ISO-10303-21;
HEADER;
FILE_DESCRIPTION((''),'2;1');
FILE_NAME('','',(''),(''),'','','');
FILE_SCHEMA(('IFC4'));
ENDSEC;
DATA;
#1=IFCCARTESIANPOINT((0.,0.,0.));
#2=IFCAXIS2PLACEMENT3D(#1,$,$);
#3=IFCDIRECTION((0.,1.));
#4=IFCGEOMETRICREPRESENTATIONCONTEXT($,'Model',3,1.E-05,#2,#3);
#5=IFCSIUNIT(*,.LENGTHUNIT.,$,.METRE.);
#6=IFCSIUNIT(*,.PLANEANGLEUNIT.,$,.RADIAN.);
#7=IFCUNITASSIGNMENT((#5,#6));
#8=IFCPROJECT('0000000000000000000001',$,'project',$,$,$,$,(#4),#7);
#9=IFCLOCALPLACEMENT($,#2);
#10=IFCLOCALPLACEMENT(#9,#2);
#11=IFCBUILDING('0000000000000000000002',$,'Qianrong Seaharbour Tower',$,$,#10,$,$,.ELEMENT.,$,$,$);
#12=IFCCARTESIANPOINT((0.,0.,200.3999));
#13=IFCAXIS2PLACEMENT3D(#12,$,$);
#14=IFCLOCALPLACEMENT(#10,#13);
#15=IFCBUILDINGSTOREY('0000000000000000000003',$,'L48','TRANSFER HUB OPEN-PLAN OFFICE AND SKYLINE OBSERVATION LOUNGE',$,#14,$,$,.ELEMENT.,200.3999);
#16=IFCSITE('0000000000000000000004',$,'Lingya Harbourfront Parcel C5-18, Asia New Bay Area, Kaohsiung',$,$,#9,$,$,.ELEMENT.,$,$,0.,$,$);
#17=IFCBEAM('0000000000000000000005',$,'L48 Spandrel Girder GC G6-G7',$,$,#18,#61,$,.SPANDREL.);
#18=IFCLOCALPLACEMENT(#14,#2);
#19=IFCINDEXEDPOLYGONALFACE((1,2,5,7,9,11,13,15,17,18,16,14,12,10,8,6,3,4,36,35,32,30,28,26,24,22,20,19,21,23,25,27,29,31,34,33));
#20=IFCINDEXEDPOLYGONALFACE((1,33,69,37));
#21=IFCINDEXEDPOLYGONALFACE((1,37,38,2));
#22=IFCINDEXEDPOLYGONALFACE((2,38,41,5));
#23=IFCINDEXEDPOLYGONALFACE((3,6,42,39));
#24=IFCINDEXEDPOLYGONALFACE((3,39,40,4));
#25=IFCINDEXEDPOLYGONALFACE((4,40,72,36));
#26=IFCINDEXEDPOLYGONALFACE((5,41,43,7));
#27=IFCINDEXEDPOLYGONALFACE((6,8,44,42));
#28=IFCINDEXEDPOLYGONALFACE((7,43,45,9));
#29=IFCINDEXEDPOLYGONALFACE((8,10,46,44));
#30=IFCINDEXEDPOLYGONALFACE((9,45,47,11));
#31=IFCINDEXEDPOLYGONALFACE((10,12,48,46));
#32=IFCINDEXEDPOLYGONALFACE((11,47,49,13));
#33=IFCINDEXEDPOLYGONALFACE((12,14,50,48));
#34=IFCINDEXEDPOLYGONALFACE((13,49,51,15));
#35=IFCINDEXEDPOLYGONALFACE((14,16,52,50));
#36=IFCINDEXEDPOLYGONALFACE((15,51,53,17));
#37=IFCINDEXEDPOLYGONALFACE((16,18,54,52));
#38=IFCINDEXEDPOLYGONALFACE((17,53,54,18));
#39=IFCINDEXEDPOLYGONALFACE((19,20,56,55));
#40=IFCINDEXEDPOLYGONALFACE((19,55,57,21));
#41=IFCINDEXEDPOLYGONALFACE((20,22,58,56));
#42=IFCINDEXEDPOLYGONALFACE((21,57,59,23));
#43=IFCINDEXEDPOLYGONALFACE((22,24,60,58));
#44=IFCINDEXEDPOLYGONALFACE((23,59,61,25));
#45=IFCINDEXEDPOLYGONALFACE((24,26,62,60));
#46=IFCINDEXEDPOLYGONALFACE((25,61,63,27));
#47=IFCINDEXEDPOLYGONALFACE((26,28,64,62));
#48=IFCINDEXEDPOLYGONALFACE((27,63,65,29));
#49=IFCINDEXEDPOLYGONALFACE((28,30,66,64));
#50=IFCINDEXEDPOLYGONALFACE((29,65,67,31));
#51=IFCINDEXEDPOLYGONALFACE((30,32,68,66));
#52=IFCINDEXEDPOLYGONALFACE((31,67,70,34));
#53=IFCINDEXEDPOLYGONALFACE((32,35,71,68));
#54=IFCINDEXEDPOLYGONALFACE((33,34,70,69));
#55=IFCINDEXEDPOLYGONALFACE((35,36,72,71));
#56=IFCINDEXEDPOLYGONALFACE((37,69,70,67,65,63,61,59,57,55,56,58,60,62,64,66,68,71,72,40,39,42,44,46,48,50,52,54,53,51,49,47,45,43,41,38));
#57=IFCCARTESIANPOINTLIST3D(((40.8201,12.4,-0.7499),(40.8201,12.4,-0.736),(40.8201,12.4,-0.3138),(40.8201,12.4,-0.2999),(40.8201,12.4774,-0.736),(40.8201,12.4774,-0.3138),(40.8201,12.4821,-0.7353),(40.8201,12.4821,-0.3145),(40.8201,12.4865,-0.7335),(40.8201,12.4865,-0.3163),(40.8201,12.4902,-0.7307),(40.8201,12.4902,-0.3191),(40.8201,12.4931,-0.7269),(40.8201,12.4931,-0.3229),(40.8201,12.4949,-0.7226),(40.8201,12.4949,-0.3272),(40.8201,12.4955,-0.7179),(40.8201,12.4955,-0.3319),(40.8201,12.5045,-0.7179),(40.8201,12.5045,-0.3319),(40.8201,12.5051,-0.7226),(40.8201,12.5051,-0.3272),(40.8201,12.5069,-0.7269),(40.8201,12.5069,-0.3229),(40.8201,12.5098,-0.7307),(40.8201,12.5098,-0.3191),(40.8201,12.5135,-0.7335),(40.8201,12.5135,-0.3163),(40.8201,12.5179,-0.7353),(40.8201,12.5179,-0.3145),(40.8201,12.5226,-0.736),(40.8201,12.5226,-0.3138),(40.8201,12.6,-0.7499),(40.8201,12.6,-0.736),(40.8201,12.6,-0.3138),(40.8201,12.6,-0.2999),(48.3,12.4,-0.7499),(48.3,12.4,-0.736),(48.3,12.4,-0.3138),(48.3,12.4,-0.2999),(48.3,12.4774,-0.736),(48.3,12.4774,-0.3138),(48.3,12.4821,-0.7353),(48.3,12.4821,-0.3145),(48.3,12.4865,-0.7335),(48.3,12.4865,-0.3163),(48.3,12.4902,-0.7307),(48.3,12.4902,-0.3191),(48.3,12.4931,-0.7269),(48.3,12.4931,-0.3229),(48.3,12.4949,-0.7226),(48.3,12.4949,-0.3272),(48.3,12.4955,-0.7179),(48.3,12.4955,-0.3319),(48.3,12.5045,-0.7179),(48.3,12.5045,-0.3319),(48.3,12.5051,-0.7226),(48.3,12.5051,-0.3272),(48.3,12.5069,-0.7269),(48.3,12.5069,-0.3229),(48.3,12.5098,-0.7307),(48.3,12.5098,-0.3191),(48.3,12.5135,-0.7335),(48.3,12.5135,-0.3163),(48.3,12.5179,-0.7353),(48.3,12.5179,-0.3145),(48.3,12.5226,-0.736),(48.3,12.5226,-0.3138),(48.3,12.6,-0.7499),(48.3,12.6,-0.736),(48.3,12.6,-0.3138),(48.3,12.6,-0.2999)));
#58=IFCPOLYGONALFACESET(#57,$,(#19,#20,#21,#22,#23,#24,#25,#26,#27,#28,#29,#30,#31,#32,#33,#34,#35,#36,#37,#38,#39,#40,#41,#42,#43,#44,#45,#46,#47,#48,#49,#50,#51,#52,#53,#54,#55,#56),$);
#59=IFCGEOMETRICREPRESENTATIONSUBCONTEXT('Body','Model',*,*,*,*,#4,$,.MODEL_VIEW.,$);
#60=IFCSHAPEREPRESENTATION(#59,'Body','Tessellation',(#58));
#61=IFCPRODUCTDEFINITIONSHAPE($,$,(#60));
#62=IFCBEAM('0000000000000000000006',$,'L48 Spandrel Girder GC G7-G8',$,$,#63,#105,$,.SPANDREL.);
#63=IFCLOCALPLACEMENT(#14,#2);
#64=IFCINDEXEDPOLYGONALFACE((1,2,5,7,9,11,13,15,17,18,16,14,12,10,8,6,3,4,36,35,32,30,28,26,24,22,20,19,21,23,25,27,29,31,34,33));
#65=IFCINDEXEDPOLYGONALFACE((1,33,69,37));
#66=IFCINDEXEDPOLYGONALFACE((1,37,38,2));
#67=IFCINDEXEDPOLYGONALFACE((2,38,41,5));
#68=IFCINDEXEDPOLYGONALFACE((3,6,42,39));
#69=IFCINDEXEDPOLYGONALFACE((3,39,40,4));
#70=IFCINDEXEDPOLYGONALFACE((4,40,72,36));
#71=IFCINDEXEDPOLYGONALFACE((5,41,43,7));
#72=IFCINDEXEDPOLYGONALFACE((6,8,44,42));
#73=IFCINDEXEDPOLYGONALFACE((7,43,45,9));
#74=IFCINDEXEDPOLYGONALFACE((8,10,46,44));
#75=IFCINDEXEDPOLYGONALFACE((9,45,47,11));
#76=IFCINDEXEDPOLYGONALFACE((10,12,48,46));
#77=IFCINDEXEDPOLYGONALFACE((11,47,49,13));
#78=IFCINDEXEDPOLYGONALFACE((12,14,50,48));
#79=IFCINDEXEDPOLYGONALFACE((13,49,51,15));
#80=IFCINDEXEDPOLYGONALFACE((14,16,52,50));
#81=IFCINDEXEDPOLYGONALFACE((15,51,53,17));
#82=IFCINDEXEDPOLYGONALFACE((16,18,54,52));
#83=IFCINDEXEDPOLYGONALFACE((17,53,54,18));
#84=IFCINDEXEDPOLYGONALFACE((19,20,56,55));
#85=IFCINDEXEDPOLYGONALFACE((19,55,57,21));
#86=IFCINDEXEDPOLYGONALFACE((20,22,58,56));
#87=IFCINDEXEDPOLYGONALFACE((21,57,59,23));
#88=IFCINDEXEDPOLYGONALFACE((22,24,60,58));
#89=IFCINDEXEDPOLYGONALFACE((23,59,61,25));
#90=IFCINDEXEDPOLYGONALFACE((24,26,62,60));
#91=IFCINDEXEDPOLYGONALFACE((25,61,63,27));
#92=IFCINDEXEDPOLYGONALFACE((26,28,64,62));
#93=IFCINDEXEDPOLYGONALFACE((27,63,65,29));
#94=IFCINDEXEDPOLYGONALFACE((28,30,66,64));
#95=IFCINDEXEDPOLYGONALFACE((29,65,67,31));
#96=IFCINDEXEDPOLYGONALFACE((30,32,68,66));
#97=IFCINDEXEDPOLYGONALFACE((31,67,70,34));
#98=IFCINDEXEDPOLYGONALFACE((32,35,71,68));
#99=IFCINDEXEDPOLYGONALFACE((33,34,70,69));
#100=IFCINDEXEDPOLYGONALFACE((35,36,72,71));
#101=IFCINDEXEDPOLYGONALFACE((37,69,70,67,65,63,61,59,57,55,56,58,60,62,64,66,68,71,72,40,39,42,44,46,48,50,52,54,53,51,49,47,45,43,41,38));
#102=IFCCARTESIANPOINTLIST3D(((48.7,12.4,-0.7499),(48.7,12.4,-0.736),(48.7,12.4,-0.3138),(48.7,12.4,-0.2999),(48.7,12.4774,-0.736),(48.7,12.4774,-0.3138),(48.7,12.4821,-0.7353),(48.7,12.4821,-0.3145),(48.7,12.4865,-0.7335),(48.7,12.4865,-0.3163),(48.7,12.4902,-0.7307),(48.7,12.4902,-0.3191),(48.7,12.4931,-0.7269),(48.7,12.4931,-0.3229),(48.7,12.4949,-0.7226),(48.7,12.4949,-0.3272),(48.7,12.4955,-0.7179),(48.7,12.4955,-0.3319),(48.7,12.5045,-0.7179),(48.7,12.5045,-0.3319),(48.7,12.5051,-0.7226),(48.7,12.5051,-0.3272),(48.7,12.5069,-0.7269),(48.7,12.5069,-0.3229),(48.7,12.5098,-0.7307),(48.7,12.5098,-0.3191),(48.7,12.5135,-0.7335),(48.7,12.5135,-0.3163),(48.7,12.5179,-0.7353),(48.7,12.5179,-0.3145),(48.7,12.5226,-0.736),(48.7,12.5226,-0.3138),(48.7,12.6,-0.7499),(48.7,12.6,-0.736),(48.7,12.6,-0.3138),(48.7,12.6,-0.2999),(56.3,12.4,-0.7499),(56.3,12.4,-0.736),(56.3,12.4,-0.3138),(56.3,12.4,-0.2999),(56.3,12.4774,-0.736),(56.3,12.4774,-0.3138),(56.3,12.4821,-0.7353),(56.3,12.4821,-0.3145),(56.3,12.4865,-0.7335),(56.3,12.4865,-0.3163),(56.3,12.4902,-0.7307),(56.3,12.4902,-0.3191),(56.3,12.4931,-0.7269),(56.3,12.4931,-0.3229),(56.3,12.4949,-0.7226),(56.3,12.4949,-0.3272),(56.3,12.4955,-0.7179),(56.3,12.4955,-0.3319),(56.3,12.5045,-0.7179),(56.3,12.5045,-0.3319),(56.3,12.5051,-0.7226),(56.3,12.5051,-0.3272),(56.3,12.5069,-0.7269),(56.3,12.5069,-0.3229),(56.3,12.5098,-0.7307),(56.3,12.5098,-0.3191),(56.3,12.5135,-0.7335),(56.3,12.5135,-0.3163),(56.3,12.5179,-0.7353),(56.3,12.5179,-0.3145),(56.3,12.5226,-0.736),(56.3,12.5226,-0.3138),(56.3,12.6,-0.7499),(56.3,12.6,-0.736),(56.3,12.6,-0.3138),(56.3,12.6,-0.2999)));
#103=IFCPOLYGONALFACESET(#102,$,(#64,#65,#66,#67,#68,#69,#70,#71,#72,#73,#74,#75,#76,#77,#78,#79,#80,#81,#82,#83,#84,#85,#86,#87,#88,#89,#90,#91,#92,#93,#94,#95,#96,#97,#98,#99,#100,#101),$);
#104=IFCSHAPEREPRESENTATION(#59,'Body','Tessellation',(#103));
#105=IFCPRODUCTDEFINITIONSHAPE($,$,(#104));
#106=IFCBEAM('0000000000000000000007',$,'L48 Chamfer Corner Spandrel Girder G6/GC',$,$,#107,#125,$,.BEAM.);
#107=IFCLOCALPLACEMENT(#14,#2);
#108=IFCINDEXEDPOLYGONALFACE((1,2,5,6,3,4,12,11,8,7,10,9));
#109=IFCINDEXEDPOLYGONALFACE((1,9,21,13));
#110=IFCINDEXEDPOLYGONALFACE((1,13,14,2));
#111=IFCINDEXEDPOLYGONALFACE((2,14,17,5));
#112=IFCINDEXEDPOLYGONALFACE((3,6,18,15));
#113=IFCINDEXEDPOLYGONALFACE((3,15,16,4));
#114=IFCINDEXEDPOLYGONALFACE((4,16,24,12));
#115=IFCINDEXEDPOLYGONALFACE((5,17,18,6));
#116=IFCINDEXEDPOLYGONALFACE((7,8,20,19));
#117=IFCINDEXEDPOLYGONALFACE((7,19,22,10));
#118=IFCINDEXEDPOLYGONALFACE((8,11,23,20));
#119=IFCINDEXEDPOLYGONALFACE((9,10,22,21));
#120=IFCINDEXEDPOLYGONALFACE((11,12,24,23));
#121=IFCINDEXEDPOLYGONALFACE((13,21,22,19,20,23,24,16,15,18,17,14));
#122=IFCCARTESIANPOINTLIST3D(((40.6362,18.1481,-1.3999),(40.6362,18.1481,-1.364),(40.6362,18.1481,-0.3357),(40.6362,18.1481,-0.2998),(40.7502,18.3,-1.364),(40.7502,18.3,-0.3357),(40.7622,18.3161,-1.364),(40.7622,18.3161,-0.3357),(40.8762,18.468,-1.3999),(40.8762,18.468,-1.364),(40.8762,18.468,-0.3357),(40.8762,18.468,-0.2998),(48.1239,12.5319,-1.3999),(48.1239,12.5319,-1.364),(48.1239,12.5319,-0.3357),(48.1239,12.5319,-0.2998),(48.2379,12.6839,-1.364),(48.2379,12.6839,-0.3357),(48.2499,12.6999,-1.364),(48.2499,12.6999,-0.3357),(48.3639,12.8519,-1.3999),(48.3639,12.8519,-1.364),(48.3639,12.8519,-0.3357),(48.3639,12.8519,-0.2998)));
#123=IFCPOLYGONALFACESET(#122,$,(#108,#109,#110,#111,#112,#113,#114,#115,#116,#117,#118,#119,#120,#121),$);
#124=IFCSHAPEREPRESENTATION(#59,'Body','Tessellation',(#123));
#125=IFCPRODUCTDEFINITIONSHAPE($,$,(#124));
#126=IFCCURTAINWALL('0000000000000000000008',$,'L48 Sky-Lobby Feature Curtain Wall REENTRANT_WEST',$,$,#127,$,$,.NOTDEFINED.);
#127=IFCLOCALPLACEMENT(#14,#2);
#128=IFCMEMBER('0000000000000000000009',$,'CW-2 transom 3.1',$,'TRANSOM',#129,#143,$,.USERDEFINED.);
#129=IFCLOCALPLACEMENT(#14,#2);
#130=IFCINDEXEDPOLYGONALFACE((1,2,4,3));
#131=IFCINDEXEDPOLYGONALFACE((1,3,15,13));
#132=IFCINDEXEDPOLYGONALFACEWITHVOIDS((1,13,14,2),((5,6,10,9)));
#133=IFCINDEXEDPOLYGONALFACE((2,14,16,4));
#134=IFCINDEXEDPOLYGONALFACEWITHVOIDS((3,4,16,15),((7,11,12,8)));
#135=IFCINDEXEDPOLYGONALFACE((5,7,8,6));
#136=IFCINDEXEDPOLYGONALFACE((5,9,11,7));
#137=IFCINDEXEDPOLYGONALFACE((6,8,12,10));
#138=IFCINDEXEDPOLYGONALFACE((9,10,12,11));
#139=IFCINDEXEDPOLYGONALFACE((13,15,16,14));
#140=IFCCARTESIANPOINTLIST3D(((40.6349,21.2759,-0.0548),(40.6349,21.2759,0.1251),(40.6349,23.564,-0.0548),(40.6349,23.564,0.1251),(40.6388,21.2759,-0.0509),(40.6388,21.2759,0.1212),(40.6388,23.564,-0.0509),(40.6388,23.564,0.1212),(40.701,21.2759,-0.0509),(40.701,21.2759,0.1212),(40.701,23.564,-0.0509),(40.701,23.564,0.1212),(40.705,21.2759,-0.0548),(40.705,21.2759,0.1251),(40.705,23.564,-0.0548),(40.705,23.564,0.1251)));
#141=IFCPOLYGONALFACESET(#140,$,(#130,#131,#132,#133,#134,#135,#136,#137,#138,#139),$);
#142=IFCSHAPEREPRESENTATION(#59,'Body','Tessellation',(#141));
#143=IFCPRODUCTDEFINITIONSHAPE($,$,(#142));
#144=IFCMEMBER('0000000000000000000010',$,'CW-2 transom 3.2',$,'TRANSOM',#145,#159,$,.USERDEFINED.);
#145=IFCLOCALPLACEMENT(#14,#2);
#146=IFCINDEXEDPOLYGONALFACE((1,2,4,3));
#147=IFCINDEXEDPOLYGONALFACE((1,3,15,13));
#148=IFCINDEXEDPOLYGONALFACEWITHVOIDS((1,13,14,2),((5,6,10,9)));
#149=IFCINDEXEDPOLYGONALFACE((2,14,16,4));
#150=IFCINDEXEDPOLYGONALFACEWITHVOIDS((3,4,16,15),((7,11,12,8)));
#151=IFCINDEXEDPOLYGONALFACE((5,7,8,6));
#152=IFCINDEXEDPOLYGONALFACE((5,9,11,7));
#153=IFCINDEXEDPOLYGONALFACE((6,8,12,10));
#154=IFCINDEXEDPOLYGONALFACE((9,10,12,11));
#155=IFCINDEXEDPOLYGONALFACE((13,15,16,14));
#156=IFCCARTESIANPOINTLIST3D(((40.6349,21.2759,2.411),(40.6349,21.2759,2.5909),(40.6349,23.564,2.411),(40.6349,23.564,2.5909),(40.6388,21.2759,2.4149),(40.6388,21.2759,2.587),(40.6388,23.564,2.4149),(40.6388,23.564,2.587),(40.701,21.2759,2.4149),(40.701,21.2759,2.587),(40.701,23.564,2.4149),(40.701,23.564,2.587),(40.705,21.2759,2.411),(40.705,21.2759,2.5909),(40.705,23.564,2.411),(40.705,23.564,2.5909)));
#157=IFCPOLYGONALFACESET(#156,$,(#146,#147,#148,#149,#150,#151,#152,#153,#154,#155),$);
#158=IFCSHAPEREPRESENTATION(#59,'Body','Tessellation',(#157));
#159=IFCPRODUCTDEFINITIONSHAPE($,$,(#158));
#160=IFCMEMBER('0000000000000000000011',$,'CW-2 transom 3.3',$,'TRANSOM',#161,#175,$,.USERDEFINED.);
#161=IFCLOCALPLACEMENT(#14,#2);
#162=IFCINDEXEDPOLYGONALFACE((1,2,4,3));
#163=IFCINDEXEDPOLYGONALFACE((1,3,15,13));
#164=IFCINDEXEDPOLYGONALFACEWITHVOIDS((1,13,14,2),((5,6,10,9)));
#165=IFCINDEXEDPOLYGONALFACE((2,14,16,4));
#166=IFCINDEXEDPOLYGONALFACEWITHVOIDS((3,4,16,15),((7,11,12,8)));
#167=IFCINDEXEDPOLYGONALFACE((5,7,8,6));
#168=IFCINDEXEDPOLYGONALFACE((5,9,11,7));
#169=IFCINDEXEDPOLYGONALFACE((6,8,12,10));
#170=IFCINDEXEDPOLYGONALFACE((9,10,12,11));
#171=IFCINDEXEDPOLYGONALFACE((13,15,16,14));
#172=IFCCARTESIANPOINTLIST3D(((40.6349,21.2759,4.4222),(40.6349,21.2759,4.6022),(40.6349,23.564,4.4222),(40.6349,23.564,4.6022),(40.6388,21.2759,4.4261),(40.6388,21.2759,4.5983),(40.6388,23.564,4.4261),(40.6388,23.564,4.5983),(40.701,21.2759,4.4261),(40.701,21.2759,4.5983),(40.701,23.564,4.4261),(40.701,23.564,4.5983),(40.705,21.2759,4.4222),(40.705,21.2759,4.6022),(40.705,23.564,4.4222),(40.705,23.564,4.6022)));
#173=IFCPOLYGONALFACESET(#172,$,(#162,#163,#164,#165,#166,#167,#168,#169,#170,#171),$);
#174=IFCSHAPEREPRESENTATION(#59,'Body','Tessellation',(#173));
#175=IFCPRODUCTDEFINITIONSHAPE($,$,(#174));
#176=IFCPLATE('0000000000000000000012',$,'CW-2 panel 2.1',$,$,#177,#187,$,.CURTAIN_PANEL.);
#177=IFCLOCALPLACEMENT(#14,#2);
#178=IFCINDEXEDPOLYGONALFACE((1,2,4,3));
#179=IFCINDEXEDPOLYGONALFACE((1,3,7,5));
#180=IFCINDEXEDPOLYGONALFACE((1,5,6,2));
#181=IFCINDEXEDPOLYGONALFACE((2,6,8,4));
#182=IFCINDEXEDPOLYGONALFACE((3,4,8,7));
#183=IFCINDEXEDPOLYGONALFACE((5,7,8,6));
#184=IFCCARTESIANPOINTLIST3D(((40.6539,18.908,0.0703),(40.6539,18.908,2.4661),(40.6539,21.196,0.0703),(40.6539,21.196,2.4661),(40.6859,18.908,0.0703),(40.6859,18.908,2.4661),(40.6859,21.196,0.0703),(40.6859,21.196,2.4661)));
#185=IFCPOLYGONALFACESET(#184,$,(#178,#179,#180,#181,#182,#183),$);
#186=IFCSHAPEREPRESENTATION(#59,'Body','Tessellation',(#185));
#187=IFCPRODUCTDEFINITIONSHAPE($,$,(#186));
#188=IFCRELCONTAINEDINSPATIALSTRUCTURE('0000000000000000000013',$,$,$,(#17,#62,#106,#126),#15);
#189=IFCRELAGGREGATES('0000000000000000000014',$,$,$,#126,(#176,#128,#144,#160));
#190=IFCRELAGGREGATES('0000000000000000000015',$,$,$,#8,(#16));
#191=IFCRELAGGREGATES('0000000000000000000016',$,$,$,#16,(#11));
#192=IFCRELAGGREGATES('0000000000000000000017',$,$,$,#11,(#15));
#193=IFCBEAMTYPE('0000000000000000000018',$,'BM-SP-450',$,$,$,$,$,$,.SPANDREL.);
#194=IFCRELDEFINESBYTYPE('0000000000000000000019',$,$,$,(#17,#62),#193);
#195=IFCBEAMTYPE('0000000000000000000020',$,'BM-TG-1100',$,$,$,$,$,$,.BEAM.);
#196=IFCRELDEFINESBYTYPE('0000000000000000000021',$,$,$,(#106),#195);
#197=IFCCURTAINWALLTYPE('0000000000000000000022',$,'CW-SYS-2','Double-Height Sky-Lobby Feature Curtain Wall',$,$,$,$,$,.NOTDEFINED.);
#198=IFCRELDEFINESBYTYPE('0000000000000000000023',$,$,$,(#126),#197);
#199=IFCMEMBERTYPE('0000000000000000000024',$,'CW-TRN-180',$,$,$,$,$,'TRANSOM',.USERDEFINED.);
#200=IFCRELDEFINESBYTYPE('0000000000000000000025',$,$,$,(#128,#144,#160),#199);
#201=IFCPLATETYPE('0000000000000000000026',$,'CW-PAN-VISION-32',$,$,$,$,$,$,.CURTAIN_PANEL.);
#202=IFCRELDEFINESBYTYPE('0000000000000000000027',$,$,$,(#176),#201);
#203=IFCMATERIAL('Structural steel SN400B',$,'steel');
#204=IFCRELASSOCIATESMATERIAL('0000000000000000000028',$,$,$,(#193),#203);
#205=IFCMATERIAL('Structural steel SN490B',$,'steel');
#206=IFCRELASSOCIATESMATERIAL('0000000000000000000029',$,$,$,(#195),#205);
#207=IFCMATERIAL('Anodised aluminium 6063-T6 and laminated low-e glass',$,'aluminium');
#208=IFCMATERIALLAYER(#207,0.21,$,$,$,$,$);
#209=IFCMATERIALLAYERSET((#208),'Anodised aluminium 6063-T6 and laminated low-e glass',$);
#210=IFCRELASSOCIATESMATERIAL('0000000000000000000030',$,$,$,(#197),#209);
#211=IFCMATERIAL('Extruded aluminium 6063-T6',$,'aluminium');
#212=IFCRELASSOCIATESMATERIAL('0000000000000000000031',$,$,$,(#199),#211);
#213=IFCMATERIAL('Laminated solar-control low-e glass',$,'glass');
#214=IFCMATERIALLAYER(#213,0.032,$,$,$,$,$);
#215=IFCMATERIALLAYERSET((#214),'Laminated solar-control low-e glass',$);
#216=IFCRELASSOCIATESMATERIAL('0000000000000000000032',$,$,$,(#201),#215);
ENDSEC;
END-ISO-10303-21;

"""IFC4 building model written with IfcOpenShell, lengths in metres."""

from ifc_helpers import new_model, si_unit, direction, frame, origin, origin_2d, place, context, subcontext, project, spatial, rectangle, hollow_rectangle, i_section, extrude, material, layer, layer_set, material_profile, profile_set, type_object, element, aggregate, save


model = new_model("IFC4")

# Units and contexts
model_context = context("Model", 3, precision=1e-05, world=origin(), true_north=direction((0.0, 1.0)))
body_context = subcontext(model_context, "Body", "Model", "MODEL_VIEW")
ifc_project = project(units=[si_unit("LENGTHUNIT", "METRE"), si_unit("PLANEANGLEUNIT", "RADIAN")], contexts=[model_context])

# Site, building, storey
site_placement = place(None, origin())
site = spatial("IfcSite", under=ifc_project, at=site_placement, Name="Lingya Harbourfront Parcel C5-18, Asia New Bay Area, Kaohsiung", CompositionType="ELEMENT", RefElevation=0.0)
building_placement = place(site_placement, origin())
building = spatial("IfcBuilding", under=site, at=building_placement, Name="Qianrong Seaharbour Tower", CompositionType="ELEMENT")
storey_placement = place(building_placement, frame((0.0, 0.0, 200.3999)))
storey = spatial("IfcBuildingStorey", under=building, at=storey_placement, Name="L48", Description="TRANSFER HUB OPEN-PLAN OFFICE AND SKYLINE OBSERVATION LOUNGE", CompositionType="ELEMENT", Elevation=200.3999)

# Shared definitions
ifc_material_1 = material(Name="Structural steel SN490B", Category="steel")

# Beams
ifc_material_2 = material(Name="Structural steel SN400B", Category="steel")
ifc_material_profile_1 = material_profile(ifc_material_2, i_section(OverallWidth=0.2, OverallDepth=0.45, WebThickness=0.009, FlangeThickness=0.0139, FilletRadius=0.0181, at=origin_2d()), Name="H450x200x9x14")
ifc_profile_set_1 = profile_set([ifc_material_profile_1], Name="Structural steel SN400B")
beam_type_1 = type_object("IfcBeamType", Name="BM-SP-450", PredefinedType="SPANDREL", material=ifc_profile_set_1)
beam_1_placement = place(storey_placement, frame((40.8201, 12.5, -0.5249), z_axis=(1.0, 0.0, 0.0), x_axis=(0.0, 1.0, 0.0)))
element("IfcBeam", 1, at=beam_1_placement, inside=storey, type_object=beam_type_1, Name="L48 Spandrel Girder GC G6-G7", PredefinedType="SPANDREL", context=body_context, shape_type="SweptSolid", body=[
    extrude(i_section(OverallWidth=0.2, OverallDepth=0.45, WebThickness=0.009, FlangeThickness=0.0139, FilletRadius=0.0181, at=origin_2d()), origin(), (0.0, 0.0, 1.0), 7.48),
])
beam_2_placement = place(storey_placement, frame((48.7, 12.5, -0.5249), z_axis=(1.0, 0.0, 0.0), x_axis=(0.0, 1.0, 0.0)))
element("IfcBeam", 2, at=beam_2_placement, inside=storey, type_object=beam_type_1, Name="L48 Spandrel Girder GC G7-G8", PredefinedType="SPANDREL", context=body_context, shape_type="SweptSolid", body=[
    extrude(i_section(OverallWidth=0.2, OverallDepth=0.45, WebThickness=0.009, FlangeThickness=0.0139, FilletRadius=0.0181, at=origin_2d()), origin(), (0.0, 0.0, 1.0), 7.6001),
])
ifc_material_profile_2 = material_profile(ifc_material_1, i_section(OverallWidth=0.3999, OverallDepth=1.1001, WebThickness=0.02, FlangeThickness=0.0359, at=origin_2d()), Name="BH1100x400x20x36")
ifc_profile_set_2 = profile_set([ifc_material_profile_2], Name="Structural steel SN490B")
beam_type_2 = type_object("IfcBeamType", Name="BM-TG-1100", PredefinedType="BEAM", material=ifc_profile_set_2)
beam_3_placement = place(storey_placement, frame((48.2439, 12.6919, -0.8499), z_axis=(-0.799981, 0.600025, 0.0), x_axis=(-0.600025, -0.799981, 0.0)))
element("IfcBeam", 3, at=beam_3_placement, inside=storey, type_object=beam_type_2, Name="L48 Chamfer Corner Spandrel Girder G6/GC", PredefinedType="BEAM", context=body_context, shape_type="SweptSolid", body=[
    extrude(i_section(OverallWidth=0.3999, OverallDepth=1.1001, WebThickness=0.02, FlangeThickness=0.0359, at=origin_2d()), origin(), (0.0, 0.0, 1.0), 9.3599),
])

# Curtain wall, members, plate
ifc_material_3 = material(Name="Anodised aluminium 6063-T6 and laminated low-e glass", Category="aluminium")
ifc_layer_1 = layer(ifc_material_3, 0.21)
ifc_layer_set_1 = layer_set([ifc_layer_1], Name="Anodised aluminium 6063-T6 and laminated low-e glass")
curtain_wall_type = type_object("IfcCurtainWallType", Name="CW-SYS-2", Description="Double-Height Sky-Lobby Feature Curtain Wall", PredefinedType="NOTDEFINED", material=ifc_layer_set_1)
curtain_wall_placement = place(storey_placement, origin())
curtain_wall = element("IfcCurtainWall", 4, at=curtain_wall_placement, inside=storey, type_object=curtain_wall_type, Name="L48 Sky-Lobby Feature Curtain Wall REENTRANT_WEST", PredefinedType="NOTDEFINED")
ifc_material_4 = material(Name="Extruded aluminium 6063-T6", Category="aluminium")
ifc_material_profile_3 = material_profile(ifc_material_4, hollow_rectangle(XDim=0.0701, YDim=0.1799, WallThickness=0.0039, at=origin_2d()), Name="ALU-TRN-180x70x4")
ifc_profile_set_3 = profile_set([ifc_material_profile_3], Name="Extruded aluminium 6063-T6")
member_type = type_object("IfcMemberType", Name="CW-TRN-180", ElementType="TRANSOM", PredefinedType="USERDEFINED", material=ifc_profile_set_3)
member_1_placement = place(storey_placement, frame((40.6699, 21.2759, 0.0352), z_axis=(0.0, 1.0, 0.0), x_axis=(-1.0, 0.0, 0.0)))
member_1 = element("IfcMember", 5, at=member_1_placement, type_object=member_type, Name="CW-2 transom 3.1", ObjectType="TRANSOM", PredefinedType="USERDEFINED", context=body_context, shape_type="SweptSolid", body=[
    extrude(hollow_rectangle(XDim=0.0701, YDim=0.1799, WallThickness=0.0039, at=origin_2d()), origin(), (0.0, 0.0, 1.0), 2.2881),
])
member_2_placement = place(storey_placement, frame((40.6699, 21.2759, 2.501), z_axis=(0.0, 1.0, 0.0), x_axis=(-1.0, 0.0, 0.0)))
member_2 = element("IfcMember", 6, at=member_2_placement, type_object=member_type, Name="CW-2 transom 3.2", ObjectType="TRANSOM", PredefinedType="USERDEFINED", context=body_context, shape_type="SweptSolid", body=[
    extrude(hollow_rectangle(XDim=0.0701, YDim=0.1799, WallThickness=0.0039, at=origin_2d()), origin(), (0.0, 0.0, 1.0), 2.2881),
])
member_3_placement = place(storey_placement, frame((40.6699, 21.2759, 4.5122), z_axis=(0.0, 1.0, 0.0), x_axis=(-1.0, 0.0, 0.0)))
member_3 = element("IfcMember", 7, at=member_3_placement, type_object=member_type, Name="CW-2 transom 3.3", ObjectType="TRANSOM", PredefinedType="USERDEFINED", context=body_context, shape_type="SweptSolid", body=[
    extrude(hollow_rectangle(XDim=0.0701, YDim=0.1799, WallThickness=0.0039, at=origin_2d()), origin(), (0.0, 0.0, 1.0), 2.2881),
])
ifc_material_5 = material(Name="Laminated solar-control low-e glass", Category="glass")
ifc_layer_2 = layer(ifc_material_5, 0.032)
ifc_layer_set_2 = layer_set([ifc_layer_2], Name="Laminated solar-control low-e glass")
plate_type = type_object("IfcPlateType", Name="CW-PAN-VISION-32", PredefinedType="CURTAIN_PANEL", material=ifc_layer_set_2)
plate_1_placement = place(storey_placement, frame((40.6699, 20.052, 0.0703), z_axis=(0.0, 0.0, 1.0), x_axis=(0.0, 1.0, 0.0)))
plate_1 = element("IfcPlate", 8, at=plate_1_placement, type_object=plate_type, Name="CW-2 panel 2.1", PredefinedType="CURTAIN_PANEL", context=body_context, shape_type="SweptSolid", body=[
    extrude(rectangle(XDim=2.2881, YDim=0.032, at=origin_2d()), origin(), (0.0, 0.0, 1.0), 2.3958),
])
aggregate(curtain_wall, [plate_1, member_1, member_2, member_3])

save(model, "model.ifc")
